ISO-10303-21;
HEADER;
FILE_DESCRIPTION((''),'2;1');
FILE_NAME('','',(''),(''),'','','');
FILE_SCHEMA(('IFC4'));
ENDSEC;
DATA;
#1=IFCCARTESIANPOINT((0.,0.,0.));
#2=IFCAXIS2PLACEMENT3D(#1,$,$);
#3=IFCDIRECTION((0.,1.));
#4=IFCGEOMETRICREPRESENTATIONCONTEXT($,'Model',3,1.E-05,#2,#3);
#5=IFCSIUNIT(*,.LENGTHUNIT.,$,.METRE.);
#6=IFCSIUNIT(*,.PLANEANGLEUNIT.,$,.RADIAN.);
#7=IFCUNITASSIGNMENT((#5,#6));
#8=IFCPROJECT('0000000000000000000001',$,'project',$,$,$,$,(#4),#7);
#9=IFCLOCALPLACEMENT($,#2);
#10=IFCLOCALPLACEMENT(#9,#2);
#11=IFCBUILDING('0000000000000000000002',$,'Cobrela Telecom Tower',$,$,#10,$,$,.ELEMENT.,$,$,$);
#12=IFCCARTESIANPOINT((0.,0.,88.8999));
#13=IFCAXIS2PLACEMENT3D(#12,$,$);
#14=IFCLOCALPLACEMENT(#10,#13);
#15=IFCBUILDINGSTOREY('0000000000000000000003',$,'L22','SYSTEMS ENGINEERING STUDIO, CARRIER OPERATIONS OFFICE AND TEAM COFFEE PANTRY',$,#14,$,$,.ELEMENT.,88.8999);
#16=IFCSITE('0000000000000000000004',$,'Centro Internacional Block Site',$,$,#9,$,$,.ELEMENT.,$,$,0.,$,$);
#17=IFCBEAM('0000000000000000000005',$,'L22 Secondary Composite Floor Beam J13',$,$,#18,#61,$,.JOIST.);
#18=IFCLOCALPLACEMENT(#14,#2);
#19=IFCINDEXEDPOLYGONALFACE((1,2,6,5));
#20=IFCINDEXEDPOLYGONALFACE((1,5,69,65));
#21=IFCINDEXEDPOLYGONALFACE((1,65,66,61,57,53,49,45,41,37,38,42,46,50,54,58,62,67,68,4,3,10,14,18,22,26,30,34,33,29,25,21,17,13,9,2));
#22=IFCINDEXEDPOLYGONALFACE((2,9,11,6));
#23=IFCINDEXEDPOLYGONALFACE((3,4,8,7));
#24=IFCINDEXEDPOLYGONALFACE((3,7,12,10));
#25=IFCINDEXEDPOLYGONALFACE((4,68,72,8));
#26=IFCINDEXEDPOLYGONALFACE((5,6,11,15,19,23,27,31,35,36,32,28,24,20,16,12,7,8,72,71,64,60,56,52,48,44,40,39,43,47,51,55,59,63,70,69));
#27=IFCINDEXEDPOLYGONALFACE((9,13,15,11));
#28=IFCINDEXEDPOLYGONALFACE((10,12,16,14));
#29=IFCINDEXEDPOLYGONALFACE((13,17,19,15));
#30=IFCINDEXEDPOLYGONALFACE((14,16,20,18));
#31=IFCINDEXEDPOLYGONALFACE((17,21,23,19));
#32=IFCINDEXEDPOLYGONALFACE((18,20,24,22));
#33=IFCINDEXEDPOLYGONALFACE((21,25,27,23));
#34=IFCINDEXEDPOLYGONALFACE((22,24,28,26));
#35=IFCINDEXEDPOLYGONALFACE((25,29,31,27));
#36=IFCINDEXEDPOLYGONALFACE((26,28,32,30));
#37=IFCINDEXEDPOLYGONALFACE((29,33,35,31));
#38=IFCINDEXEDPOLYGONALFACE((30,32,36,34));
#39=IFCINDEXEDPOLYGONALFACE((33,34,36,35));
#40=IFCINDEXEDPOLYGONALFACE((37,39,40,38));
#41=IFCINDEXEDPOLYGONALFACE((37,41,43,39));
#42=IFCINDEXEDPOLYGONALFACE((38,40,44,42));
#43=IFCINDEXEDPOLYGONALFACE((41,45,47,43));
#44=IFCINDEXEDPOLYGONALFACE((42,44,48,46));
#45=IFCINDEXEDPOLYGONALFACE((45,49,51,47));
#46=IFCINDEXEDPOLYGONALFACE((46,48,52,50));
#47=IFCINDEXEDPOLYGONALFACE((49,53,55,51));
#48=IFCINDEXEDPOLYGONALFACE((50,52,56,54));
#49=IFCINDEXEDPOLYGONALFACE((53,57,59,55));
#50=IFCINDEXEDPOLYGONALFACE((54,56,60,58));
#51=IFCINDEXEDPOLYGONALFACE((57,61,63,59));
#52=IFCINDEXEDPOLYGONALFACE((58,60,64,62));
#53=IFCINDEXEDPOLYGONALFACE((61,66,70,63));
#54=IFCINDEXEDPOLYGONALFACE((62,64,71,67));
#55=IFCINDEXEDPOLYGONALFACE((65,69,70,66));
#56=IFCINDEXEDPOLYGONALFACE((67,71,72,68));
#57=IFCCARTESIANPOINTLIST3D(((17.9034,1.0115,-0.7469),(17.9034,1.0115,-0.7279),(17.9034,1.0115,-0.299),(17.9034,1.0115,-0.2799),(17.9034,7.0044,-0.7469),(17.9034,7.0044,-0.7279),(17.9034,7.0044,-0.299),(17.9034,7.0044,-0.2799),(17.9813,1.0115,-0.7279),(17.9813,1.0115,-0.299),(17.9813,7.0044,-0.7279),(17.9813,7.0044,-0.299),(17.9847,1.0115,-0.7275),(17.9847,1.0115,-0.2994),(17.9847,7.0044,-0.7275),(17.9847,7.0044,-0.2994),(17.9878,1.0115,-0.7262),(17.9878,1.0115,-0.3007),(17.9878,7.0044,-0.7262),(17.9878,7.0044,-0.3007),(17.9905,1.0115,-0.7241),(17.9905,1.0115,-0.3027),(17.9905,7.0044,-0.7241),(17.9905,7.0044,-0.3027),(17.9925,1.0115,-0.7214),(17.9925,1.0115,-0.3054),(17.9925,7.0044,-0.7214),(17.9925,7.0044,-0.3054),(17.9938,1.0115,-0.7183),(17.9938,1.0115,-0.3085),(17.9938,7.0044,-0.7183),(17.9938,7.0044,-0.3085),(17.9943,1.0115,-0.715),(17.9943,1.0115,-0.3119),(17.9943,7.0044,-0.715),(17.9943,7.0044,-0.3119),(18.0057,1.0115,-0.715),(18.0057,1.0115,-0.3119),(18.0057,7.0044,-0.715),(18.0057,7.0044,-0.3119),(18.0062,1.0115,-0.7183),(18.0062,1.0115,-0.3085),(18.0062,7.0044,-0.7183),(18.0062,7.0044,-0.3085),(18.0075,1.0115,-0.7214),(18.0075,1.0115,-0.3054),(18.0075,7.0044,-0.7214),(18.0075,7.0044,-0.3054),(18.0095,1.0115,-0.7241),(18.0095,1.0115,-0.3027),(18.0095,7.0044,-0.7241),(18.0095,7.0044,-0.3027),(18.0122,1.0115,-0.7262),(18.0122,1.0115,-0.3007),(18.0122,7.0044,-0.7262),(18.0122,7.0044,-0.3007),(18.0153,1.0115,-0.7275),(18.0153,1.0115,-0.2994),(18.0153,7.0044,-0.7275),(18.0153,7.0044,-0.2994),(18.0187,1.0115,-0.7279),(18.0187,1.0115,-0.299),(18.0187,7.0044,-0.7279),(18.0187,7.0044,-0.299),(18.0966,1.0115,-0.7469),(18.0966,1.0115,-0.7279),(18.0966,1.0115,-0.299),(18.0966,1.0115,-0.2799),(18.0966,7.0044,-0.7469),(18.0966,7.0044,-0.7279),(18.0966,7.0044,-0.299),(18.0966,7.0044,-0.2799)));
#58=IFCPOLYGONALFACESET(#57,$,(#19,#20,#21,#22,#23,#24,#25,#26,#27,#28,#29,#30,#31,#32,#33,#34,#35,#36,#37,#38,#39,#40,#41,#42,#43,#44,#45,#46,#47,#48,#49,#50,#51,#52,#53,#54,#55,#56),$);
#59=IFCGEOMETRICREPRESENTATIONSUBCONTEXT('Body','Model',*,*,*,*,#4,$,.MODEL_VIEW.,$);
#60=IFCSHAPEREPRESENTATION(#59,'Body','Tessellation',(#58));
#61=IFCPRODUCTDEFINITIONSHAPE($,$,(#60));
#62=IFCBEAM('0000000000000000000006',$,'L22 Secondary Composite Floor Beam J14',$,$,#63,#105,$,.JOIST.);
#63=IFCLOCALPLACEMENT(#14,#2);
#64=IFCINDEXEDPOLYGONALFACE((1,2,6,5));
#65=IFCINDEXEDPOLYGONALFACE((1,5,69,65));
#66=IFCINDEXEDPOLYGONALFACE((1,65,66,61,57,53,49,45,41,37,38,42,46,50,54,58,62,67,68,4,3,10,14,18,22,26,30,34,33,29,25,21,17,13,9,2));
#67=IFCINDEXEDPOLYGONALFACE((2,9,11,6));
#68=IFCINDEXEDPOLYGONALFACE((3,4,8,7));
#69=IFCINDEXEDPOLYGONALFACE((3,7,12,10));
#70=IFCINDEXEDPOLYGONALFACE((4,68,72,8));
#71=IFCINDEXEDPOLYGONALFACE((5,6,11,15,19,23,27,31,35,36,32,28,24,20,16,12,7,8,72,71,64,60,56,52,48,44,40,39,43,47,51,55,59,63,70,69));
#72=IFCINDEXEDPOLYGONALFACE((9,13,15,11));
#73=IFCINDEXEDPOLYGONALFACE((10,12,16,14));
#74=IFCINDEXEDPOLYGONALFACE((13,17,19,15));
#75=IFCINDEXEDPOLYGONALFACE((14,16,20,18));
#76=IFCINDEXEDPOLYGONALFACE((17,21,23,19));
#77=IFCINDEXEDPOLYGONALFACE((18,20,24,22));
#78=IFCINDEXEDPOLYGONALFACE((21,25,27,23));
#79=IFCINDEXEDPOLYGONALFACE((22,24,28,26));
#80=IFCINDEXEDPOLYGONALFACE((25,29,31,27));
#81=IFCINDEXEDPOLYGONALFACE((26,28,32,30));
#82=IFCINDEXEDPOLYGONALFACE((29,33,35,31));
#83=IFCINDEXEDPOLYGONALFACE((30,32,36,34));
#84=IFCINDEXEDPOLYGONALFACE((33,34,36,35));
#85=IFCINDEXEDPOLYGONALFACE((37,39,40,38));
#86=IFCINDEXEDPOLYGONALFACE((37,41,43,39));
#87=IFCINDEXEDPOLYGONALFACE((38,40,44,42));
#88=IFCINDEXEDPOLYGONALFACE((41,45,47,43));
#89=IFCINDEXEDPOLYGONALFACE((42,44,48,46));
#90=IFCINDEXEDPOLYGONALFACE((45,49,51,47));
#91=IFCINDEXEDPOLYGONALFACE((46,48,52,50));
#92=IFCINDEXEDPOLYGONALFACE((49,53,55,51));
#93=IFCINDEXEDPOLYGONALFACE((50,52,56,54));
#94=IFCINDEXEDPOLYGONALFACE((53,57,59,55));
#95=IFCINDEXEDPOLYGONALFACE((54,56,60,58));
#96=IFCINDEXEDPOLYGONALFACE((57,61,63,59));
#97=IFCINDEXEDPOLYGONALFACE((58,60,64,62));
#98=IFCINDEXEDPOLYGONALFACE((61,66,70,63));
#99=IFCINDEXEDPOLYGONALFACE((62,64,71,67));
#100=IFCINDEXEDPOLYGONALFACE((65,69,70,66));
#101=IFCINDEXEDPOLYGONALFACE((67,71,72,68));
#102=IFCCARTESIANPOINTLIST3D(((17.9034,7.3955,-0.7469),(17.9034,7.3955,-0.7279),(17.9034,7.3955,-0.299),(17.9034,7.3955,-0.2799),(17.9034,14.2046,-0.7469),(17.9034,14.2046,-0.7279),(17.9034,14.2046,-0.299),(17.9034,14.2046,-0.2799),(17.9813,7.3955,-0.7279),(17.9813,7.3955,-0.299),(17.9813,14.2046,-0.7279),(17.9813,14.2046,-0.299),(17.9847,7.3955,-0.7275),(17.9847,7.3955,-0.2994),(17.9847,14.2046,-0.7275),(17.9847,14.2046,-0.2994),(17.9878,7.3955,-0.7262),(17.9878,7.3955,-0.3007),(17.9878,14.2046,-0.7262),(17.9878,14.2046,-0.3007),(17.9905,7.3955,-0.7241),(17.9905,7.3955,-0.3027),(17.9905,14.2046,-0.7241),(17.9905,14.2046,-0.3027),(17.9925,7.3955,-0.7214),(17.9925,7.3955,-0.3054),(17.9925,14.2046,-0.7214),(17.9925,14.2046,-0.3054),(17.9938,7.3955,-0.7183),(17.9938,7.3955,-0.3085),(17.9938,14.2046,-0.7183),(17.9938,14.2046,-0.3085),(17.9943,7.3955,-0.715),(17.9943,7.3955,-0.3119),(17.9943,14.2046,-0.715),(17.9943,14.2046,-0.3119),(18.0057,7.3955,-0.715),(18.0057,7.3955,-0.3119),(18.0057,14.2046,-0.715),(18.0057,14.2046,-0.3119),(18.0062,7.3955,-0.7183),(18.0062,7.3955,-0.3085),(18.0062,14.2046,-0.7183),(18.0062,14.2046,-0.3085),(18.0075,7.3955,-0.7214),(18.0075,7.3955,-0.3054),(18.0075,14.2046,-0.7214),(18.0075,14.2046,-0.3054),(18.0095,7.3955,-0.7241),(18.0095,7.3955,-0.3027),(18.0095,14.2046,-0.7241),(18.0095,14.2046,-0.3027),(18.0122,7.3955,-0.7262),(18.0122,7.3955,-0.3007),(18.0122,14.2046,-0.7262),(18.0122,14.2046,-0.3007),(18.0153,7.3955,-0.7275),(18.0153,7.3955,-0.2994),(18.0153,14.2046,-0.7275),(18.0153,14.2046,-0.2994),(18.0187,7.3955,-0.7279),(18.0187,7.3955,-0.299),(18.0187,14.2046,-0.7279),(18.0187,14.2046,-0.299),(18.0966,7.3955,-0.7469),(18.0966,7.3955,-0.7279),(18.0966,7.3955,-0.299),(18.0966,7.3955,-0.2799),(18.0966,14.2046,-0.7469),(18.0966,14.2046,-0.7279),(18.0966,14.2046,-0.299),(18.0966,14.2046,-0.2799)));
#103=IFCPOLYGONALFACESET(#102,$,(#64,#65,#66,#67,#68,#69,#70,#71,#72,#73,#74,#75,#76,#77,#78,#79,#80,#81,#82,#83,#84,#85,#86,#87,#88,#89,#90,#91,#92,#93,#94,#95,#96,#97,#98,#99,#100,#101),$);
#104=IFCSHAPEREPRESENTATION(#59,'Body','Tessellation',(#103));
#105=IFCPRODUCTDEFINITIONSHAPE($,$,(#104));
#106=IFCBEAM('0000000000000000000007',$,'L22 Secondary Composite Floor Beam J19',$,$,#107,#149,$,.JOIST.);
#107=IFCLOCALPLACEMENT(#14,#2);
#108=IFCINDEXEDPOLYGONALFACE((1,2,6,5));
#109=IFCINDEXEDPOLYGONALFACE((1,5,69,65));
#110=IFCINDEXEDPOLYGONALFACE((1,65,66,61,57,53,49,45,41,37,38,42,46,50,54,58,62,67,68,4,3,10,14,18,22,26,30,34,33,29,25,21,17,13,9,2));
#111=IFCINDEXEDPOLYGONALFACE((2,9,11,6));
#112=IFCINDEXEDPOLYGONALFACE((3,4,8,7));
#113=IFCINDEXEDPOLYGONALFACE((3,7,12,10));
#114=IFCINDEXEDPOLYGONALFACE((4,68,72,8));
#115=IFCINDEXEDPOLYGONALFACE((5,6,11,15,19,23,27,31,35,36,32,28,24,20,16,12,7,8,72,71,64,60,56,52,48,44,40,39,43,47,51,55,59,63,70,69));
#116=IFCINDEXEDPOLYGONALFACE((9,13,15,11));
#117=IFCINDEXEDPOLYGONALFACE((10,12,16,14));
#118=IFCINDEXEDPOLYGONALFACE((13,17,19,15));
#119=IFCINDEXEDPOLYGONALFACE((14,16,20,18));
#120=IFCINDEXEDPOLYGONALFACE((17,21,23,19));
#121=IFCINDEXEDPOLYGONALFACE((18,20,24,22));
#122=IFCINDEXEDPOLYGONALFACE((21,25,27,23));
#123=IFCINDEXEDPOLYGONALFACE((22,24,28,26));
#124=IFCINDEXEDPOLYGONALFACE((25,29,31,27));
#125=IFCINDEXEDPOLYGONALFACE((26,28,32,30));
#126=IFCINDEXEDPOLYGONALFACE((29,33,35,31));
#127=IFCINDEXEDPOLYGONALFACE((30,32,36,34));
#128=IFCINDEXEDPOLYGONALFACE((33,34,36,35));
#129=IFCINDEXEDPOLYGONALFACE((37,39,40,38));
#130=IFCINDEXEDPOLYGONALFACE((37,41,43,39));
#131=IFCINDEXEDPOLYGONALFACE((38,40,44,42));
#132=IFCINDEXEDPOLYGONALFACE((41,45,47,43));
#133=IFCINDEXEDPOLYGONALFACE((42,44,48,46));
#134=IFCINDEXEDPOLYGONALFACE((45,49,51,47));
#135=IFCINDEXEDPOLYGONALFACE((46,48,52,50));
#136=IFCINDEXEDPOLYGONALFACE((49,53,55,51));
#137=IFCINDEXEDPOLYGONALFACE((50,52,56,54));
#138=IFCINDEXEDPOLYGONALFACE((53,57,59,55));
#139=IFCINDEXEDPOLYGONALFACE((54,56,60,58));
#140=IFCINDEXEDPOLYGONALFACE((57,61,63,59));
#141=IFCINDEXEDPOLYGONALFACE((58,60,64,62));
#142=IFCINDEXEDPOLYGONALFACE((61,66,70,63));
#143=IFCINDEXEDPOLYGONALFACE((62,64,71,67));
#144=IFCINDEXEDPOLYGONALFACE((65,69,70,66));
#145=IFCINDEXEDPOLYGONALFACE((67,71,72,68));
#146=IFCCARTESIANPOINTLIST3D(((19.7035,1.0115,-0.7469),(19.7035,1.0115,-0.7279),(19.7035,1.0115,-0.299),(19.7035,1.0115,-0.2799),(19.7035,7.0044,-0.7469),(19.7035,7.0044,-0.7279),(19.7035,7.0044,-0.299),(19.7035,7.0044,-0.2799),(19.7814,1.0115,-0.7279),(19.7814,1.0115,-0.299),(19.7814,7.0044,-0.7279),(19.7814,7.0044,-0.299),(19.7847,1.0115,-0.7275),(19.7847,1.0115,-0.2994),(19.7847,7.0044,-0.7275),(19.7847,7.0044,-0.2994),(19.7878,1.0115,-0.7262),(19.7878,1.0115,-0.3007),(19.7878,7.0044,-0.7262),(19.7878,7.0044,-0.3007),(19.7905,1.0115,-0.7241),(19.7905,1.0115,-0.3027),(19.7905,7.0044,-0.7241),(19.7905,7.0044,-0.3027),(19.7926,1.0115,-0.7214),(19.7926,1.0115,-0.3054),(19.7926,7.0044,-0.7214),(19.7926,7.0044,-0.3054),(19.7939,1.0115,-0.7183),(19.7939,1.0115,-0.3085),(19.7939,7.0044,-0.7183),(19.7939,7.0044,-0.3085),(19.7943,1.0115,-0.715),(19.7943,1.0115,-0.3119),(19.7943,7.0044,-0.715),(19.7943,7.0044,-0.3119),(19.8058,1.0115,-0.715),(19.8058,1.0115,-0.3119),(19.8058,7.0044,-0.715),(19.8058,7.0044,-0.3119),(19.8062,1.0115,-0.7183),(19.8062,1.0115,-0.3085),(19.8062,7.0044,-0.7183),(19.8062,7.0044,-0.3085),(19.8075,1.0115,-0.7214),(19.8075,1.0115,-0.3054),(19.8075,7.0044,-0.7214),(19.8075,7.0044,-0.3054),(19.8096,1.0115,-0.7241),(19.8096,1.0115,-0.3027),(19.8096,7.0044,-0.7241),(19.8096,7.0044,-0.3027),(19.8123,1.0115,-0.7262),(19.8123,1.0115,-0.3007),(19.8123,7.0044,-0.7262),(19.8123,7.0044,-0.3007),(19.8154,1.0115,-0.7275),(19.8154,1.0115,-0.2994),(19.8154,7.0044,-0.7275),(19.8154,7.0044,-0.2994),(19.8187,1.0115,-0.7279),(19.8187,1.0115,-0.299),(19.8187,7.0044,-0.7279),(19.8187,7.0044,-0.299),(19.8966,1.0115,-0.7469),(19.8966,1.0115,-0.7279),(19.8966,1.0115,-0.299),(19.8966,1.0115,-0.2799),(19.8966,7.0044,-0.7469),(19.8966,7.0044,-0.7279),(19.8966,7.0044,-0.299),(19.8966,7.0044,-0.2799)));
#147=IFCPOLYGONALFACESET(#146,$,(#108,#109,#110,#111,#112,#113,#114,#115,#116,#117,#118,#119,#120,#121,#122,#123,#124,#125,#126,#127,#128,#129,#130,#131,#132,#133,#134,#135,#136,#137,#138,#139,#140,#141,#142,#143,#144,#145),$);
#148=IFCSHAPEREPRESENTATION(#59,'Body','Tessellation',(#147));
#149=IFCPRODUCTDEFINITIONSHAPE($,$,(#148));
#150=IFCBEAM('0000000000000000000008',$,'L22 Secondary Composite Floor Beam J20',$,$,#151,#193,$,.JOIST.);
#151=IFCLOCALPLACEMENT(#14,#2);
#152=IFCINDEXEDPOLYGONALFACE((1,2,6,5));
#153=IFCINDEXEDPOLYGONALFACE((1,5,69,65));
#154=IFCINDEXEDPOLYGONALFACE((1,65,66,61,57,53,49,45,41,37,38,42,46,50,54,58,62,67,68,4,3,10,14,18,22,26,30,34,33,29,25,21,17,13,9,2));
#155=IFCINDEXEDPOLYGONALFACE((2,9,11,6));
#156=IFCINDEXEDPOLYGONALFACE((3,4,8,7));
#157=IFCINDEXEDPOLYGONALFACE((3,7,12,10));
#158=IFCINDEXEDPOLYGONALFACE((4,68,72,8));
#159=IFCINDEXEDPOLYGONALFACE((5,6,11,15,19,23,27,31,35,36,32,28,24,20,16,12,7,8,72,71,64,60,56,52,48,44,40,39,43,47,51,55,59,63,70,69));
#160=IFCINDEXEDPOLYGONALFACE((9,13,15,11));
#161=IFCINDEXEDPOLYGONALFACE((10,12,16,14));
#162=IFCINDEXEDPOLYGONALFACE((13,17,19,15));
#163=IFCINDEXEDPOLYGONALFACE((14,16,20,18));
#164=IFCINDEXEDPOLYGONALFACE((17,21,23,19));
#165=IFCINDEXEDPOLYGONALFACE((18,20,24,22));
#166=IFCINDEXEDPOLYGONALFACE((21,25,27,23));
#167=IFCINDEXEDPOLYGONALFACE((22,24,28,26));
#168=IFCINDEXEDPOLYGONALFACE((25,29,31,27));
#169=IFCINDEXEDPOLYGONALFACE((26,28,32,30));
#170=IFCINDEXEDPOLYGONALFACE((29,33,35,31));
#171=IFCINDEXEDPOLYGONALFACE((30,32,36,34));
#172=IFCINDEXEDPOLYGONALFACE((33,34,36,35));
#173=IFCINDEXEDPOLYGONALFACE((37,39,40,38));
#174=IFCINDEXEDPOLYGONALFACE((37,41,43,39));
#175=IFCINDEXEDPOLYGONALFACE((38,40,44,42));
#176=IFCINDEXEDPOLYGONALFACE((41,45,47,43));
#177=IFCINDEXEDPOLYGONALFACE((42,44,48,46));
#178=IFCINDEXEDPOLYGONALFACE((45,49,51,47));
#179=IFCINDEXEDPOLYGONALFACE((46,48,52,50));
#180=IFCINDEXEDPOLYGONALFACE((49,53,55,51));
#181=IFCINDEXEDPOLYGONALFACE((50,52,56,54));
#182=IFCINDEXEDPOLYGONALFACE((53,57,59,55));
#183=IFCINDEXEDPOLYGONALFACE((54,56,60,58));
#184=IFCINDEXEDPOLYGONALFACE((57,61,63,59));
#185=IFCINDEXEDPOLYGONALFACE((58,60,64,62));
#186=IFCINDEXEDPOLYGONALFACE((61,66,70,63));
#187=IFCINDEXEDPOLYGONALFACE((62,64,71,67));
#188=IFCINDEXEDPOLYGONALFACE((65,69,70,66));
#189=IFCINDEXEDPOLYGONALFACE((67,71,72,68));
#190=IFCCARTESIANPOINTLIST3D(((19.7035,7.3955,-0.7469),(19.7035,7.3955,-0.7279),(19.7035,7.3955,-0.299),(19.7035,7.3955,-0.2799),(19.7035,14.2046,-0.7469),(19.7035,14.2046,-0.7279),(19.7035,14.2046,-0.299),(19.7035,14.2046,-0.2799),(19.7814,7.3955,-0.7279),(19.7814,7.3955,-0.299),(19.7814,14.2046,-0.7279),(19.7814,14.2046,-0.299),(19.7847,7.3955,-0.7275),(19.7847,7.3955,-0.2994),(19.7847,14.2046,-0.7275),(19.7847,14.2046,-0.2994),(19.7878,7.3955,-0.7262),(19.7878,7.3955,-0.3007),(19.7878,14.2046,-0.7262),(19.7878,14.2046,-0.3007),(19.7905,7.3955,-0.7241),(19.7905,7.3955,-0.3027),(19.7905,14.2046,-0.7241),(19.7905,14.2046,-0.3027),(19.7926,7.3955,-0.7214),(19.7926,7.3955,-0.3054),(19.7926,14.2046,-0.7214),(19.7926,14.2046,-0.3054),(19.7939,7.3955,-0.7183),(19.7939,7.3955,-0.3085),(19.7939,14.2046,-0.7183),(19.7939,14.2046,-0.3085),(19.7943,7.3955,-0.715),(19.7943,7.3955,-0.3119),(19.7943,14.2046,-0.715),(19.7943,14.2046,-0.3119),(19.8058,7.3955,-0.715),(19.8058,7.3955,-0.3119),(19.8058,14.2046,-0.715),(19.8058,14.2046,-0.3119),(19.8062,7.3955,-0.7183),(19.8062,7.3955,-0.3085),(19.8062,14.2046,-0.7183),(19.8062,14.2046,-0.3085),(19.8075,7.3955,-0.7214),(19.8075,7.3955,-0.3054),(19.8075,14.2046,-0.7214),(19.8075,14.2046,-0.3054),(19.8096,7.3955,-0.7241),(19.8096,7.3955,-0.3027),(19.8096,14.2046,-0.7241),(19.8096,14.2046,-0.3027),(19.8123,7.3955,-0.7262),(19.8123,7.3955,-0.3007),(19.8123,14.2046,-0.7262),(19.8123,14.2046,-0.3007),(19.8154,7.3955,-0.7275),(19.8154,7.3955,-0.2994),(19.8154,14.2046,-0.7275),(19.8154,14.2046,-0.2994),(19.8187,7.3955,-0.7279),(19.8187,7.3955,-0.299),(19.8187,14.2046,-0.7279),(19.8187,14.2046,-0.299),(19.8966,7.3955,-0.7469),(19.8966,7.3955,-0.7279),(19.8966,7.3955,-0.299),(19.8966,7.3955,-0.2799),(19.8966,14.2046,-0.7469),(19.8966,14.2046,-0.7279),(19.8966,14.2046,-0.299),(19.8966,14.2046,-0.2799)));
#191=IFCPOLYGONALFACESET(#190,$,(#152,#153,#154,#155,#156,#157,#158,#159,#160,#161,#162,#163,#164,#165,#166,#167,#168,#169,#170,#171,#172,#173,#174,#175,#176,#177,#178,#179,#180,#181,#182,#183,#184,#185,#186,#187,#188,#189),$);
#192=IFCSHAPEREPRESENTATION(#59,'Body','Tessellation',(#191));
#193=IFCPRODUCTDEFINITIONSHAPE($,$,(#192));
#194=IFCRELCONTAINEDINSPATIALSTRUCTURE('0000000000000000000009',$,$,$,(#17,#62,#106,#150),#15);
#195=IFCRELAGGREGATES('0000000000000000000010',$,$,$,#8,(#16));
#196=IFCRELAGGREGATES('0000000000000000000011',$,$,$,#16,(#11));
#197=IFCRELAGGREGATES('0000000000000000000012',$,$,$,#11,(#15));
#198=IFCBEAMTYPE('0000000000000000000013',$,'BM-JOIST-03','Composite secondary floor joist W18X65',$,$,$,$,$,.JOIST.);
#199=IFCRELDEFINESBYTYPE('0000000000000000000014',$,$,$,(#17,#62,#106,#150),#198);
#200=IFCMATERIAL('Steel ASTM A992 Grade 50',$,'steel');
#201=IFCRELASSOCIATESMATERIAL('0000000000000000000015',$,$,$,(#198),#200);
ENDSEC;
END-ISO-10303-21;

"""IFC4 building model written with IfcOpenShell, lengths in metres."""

from ifc_helpers import new_model, si_unit, direction, frame, origin, origin_2d, place, context, subcontext, project, spatial, i_section, extrude, material, material_profile, profile_set, type_object, element, save


model = new_model("IFC4")

# Units and contexts
model_context = context("Model", 3, precision=1e-05, world=origin(), true_north=direction((0.0, 1.0)))
body_context = subcontext(model_context, "Body", "Model", "MODEL_VIEW")
ifc_project = project(units=[si_unit("LENGTHUNIT", "METRE"), si_unit("PLANEANGLEUNIT", "RADIAN")], contexts=[model_context])

# Site, building, storey
site_placement = place(None, origin())
site = spatial("IfcSite", under=ifc_project, at=site_placement, Name="Centro Internacional Block Site", CompositionType="ELEMENT", RefElevation=0.0)
building_placement = place(site_placement, origin())
building = spatial("IfcBuilding", under=site, at=building_placement, Name="Cobrela Telecom Tower", CompositionType="ELEMENT")
storey_placement = place(building_placement, frame((0.0, 0.0, 88.8999)))
storey = spatial("IfcBuildingStorey", under=building, at=storey_placement, Name="L22", Description="SYSTEMS ENGINEERING STUDIO, CARRIER OPERATIONS OFFICE AND TEAM COFFEE PANTRY", CompositionType="ELEMENT", Elevation=88.8999)

# Beams
ifc_material_1 = material(Name="Steel ASTM A992 Grade 50", Category="steel")
ifc_material_profile_1 = material_profile(ifc_material_1, i_section(OverallWidth=0.1931, OverallDepth=0.467, WebThickness=0.0115, FlangeThickness=0.019, FilletRadius=0.0129, at=origin_2d()), Name="W18X65")
ifc_profile_set_1 = profile_set([ifc_material_profile_1], Name="Steel ASTM A992 Grade 50")
beam_type_1 = type_object("IfcBeamType", Name="BM-JOIST-03", Description="Composite secondary floor joist W18X65", PredefinedType="JOIST", material=ifc_profile_set_1)
beam_1_placement = place(storey_placement, frame((18.0, 1.0115, -0.5134), z_axis=(0.0, 1.0, 0.0), x_axis=(-1.0, 0.0, 0.0)))
element("IfcBeam", 1, at=beam_1_placement, inside=storey, type_object=beam_type_1, Name="L22 Secondary Composite Floor Beam J13", PredefinedType="JOIST", context=body_context, shape_type="SweptSolid", body=[
    extrude(i_section(OverallWidth=0.1931, OverallDepth=0.467, WebThickness=0.0115, FlangeThickness=0.019, FilletRadius=0.0129, at=origin_2d()), origin(), (0.0, 0.0, 1.0), 5.9929),
])
beam_2_placement = place(storey_placement, frame((18.0, 7.3955, -0.5134), z_axis=(0.0, 1.0, 0.0), x_axis=(-1.0, 0.0, 0.0)))
element("IfcBeam", 2, at=beam_2_placement, inside=storey, type_object=beam_type_1, Name="L22 Secondary Composite Floor Beam J14", PredefinedType="JOIST", context=body_context, shape_type="SweptSolid", body=[
    extrude(i_section(OverallWidth=0.1931, OverallDepth=0.467, WebThickness=0.0115, FlangeThickness=0.019, FilletRadius=0.0129, at=origin_2d()), origin(), (0.0, 0.0, 1.0), 6.8091),
])
beam_3_placement = place(storey_placement, frame((19.8, 1.0115, -0.5134), z_axis=(0.0, 1.0, 0.0), x_axis=(-1.0, 0.0, 0.0)))
element("IfcBeam", 3, at=beam_3_placement, inside=storey, type_object=beam_type_1, Name="L22 Secondary Composite Floor Beam J19", PredefinedType="JOIST", context=body_context, shape_type="SweptSolid", body=[
    extrude(i_section(OverallWidth=0.1931, OverallDepth=0.467, WebThickness=0.0115, FlangeThickness=0.019, FilletRadius=0.0129, at=origin_2d()), origin(), (0.0, 0.0, 1.0), 5.9929),
])
beam_4_placement = place(storey_placement, frame((19.8, 7.3955, -0.5134), z_axis=(0.0, 1.0, 0.0), x_axis=(-1.0, 0.0, 0.0)))
element("IfcBeam", 4, at=beam_4_placement, inside=storey, type_object=beam_type_1, Name="L22 Secondary Composite Floor Beam J20", PredefinedType="JOIST", context=body_context, shape_type="SweptSolid", body=[
    extrude(i_section(OverallWidth=0.1931, OverallDepth=0.467, WebThickness=0.0115, FlangeThickness=0.019, FilletRadius=0.0129, at=origin_2d()), origin(), (0.0, 0.0, 1.0), 6.8091),
])

save(model, "model.ifc")
